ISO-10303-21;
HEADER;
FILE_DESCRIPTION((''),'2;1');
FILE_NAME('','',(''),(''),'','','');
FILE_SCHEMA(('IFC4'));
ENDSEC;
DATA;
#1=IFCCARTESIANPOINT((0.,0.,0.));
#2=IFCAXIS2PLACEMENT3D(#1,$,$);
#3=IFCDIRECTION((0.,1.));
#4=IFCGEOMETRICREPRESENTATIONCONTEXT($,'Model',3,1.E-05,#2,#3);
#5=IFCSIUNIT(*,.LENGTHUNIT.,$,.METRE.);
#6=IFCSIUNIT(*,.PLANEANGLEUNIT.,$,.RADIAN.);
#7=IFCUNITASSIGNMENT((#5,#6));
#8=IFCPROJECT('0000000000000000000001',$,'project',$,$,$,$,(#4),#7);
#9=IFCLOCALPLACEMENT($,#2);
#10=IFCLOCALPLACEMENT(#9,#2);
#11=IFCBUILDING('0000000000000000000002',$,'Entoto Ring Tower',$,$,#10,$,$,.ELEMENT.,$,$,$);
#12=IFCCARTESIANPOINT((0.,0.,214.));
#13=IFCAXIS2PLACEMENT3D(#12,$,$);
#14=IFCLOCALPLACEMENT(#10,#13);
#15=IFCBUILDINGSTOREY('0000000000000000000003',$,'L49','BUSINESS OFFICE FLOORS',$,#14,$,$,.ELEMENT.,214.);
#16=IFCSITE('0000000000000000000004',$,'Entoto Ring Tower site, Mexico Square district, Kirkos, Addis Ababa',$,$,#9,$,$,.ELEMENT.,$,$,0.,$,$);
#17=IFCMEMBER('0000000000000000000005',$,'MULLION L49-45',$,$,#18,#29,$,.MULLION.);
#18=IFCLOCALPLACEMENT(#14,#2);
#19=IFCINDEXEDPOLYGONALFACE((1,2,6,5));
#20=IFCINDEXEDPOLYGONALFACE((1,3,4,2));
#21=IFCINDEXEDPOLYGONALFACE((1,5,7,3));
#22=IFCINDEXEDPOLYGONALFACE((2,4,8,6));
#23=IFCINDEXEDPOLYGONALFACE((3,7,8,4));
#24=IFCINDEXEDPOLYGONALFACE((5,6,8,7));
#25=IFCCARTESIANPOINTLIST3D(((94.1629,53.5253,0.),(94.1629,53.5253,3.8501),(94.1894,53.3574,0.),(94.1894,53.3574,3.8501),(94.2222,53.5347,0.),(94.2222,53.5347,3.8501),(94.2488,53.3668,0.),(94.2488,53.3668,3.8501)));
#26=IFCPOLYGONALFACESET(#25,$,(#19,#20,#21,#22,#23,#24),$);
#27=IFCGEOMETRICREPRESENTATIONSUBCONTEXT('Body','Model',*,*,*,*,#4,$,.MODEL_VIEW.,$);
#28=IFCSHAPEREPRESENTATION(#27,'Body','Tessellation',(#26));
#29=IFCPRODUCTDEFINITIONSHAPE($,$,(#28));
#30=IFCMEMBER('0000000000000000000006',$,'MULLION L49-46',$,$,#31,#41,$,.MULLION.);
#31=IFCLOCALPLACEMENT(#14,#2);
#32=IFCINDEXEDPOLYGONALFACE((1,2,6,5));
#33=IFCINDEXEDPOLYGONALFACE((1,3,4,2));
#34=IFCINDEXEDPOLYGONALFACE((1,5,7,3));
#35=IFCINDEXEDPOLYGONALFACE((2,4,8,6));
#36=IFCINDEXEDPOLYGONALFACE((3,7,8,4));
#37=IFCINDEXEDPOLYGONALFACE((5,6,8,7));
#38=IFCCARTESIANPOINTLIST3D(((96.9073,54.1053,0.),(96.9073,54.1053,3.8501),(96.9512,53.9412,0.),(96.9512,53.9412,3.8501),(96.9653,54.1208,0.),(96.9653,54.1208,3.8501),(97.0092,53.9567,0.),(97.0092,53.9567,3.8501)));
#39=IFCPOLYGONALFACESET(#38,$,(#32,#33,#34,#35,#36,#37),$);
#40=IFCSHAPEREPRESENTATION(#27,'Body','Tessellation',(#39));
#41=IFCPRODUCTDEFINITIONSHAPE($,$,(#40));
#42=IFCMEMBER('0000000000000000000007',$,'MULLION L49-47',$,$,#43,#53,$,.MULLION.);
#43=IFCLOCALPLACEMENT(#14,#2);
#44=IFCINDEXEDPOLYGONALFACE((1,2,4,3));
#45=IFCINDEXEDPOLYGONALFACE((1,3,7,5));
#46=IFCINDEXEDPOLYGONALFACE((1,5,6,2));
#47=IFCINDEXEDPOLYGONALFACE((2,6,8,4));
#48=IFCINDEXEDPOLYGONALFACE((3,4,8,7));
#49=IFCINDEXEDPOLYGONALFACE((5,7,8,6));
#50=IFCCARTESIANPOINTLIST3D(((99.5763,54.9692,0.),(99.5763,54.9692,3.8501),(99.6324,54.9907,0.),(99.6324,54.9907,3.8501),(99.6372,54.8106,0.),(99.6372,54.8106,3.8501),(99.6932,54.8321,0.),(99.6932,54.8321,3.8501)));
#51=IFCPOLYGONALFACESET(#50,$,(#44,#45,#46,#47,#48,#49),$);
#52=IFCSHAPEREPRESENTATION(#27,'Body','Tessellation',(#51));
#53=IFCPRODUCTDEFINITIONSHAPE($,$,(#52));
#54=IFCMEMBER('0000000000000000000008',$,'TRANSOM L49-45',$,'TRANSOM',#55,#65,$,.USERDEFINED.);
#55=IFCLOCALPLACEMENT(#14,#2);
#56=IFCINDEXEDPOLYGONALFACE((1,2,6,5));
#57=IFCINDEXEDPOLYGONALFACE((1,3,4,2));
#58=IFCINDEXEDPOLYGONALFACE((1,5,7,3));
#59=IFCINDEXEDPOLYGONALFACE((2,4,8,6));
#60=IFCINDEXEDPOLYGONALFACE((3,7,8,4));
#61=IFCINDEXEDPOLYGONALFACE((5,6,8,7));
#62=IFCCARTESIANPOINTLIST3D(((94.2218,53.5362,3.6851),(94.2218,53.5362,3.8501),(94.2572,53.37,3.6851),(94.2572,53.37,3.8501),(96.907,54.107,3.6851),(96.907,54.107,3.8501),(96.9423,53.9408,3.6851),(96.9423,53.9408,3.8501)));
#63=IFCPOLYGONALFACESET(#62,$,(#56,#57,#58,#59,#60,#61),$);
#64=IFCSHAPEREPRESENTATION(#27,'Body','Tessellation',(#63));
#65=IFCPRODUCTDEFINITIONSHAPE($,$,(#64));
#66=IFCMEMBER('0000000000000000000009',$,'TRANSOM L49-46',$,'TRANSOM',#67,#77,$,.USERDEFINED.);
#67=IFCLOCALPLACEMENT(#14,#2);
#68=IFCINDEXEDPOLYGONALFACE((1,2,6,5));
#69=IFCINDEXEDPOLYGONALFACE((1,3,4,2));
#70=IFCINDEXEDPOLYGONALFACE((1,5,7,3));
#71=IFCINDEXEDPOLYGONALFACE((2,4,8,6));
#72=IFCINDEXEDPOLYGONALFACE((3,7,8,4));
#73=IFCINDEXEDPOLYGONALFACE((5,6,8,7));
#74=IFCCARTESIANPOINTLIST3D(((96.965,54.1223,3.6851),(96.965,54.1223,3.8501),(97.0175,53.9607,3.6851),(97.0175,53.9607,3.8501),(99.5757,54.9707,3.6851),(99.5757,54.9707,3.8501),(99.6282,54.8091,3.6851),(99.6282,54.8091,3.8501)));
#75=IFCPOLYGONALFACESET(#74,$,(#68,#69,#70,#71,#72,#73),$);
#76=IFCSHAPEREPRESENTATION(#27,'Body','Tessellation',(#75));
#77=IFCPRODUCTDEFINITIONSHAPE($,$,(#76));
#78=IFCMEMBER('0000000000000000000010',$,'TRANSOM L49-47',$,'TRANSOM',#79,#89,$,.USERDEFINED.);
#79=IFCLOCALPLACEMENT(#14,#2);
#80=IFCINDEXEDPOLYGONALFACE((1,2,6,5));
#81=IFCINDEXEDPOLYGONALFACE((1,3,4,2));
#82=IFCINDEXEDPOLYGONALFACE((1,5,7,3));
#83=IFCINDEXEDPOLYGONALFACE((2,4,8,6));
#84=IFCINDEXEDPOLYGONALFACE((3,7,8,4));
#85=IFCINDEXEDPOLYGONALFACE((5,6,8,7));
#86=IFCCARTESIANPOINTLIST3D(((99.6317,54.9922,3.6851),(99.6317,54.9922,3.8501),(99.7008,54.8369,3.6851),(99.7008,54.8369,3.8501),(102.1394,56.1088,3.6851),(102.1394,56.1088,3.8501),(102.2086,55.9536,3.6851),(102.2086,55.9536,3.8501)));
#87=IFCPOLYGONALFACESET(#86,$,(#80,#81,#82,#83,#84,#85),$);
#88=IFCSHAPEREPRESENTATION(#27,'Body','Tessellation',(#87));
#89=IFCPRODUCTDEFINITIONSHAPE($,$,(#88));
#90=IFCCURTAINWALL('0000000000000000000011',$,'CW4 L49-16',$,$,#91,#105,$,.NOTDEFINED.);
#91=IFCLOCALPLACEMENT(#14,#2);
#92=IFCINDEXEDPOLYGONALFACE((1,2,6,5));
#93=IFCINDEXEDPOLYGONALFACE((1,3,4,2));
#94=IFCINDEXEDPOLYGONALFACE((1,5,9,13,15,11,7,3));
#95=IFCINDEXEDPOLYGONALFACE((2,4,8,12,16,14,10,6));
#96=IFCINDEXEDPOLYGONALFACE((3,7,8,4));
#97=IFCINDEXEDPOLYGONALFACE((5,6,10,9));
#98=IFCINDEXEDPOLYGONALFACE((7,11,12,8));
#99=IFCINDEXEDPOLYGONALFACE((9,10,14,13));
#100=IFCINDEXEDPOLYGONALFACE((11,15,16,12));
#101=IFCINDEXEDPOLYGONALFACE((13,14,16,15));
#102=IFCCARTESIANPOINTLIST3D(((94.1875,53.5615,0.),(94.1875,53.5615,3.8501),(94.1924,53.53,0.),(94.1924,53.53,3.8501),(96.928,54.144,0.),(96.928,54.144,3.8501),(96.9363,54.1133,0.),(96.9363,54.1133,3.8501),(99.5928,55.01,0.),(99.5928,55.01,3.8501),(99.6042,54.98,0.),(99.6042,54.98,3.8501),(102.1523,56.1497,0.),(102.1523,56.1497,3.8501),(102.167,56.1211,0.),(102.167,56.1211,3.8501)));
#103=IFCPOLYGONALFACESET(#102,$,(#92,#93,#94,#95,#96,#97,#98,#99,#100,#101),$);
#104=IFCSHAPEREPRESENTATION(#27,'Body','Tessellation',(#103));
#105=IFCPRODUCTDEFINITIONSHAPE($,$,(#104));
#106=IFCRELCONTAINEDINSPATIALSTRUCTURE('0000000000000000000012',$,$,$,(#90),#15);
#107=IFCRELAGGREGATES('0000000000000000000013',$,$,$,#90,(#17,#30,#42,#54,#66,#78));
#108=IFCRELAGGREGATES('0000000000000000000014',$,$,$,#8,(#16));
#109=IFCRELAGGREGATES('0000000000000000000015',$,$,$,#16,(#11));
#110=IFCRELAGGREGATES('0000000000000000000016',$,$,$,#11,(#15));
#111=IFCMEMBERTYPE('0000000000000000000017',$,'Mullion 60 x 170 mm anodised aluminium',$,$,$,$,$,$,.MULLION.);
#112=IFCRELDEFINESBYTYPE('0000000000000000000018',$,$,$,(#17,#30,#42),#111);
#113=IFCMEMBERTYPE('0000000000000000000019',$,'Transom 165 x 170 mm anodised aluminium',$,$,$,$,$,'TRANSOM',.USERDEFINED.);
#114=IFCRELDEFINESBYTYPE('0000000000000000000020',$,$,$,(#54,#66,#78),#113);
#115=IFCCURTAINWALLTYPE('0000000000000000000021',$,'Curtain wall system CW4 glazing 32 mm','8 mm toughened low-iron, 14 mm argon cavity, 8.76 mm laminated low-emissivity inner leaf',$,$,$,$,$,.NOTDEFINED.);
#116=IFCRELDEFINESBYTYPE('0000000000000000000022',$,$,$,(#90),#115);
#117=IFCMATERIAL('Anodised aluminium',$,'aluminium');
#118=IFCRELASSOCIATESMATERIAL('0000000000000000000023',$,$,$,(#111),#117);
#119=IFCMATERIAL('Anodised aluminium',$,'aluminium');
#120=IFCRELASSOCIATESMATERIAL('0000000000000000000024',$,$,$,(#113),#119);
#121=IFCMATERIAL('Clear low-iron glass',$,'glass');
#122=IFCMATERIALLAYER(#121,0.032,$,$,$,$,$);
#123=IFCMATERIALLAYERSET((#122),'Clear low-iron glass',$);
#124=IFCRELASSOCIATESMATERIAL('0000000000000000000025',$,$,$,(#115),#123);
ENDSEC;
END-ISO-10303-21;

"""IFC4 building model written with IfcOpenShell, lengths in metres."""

from ifc_helpers import new_model, si_unit, direction, frame, origin, origin_2d, place, context, subcontext, project, spatial, polyline, rectangle, outline, extrude, material, layer, layer_set, material_profile, profile_set, type_object, element, aggregate, save


model = new_model("IFC4")

# Units and contexts
model_context = context("Model", 3, precision=1e-05, world=origin(), true_north=direction((0.0, 1.0)))
body_context = subcontext(model_context, "Body", "Model", "MODEL_VIEW")
ifc_project = project(units=[si_unit("LENGTHUNIT", "METRE"), si_unit("PLANEANGLEUNIT", "RADIAN")], contexts=[model_context])

# Members
ifc_material_1 = material(Name="Anodised aluminium", Category="aluminium")
ifc_material_profile_1 = material_profile(ifc_material_1, rectangle(XDim=0.0601, YDim=0.1699, at=origin_2d()), Name="Mullion 60 x 170 mm anodised aluminium")
ifc_profile_set_1 = profile_set([ifc_material_profile_1], Name="Anodised aluminium")
member_type_1 = type_object("IfcMemberType", Name="Mullion 60 x 170 mm anodised aluminium", PredefinedType="MULLION", material=ifc_profile_set_1)
site_placement = place(None, origin())
building_placement = place(site_placement, origin())
storey_placement = place(building_placement, frame((0.0, 0.0, 214.0)))
member_1_placement = place(storey_placement, frame((94.2058, 53.446, 0.0), z_axis=(0.0, 0.0, 1.0), x_axis=(0.987688, 0.156434, 0.0)))
member_1 = element("IfcMember", 1, at=member_1_placement, type_object=member_type_1, Name="MULLION L49-45", PredefinedType="MULLION", context=body_context, shape_type="SweptSolid", body=[
    extrude(rectangle(XDim=0.0601, YDim=0.1699, at=origin_2d()), origin(), (0.0, 0.0, 1.0), 3.8501),
])
member_2_placement = place(storey_placement, frame((96.9583, 54.031, 0.0), z_axis=(0.0, 0.0, 1.0), x_axis=(0.965926, 0.258819, 0.0)))
member_2 = element("IfcMember", 2, at=member_2_placement, type_object=member_type_1, Name="MULLION L49-46", PredefinedType="MULLION", context=body_context, shape_type="SweptSolid", body=[
    extrude(rectangle(XDim=0.0601, YDim=0.1699, at=origin_2d()), origin(), (0.0, 0.0, 1.0), 3.8501),
])
member_3_placement = place(storey_placement, frame((99.6348, 54.9006, 0.0), z_axis=(0.0, 0.0, 1.0), x_axis=(0.93358, 0.358368, 0.0)))
member_3 = element("IfcMember", 3, at=member_3_placement, type_object=member_type_1, Name="MULLION L49-47", PredefinedType="MULLION", context=body_context, shape_type="SweptSolid", body=[
    extrude(rectangle(XDim=0.0601, YDim=0.1699, at=origin_2d()), origin(), (0.0, 0.0, 1.0), 3.8501),
])
ifc_material_2 = material(Name="Anodised aluminium", Category="aluminium")
ifc_material_profile_2 = material_profile(ifc_material_2, rectangle(XDim=0.1699, YDim=0.165, at=origin_2d()), Name="Transom 165 x 170 mm anodised aluminium")
ifc_profile_set_2 = profile_set([ifc_material_profile_2], Name="Anodised aluminium")
member_type_2 = type_object("IfcMemberType", Name="Transom 165 x 170 mm anodised aluminium", ElementType="TRANSOM", PredefinedType="USERDEFINED", material=ifc_profile_set_2)
member_4_placement = place(storey_placement, frame((94.2395, 53.4531, 3.7676), z_axis=(0.978142, 0.207937, 0.0), x_axis=(-0.207937, 0.978142, 0.0)))
member_4 = element("IfcMember", 4, at=member_4_placement, type_object=member_type_2, Name="TRANSOM L49-45", ObjectType="TRANSOM", PredefinedType="USERDEFINED", context=body_context, shape_type="SweptSolid", body=[
    extrude(rectangle(XDim=0.1699, YDim=0.165, at=origin_2d()), origin(), (0.0, 0.0, 1.0), 2.7451),
])
member_5_placement = place(storey_placement, frame((96.9912, 54.0415, 3.7676), z_axis=(0.951048, 0.309042, 0.0), x_axis=(-0.309042, 0.951048, 0.0)))
member_5 = element("IfcMember", 5, at=member_5_placement, type_object=member_type_2, Name="TRANSOM L49-46", ObjectType="TRANSOM", PredefinedType="USERDEFINED", context=body_context, shape_type="SweptSolid", body=[
    extrude(rectangle(XDim=0.1699, YDim=0.165, at=origin_2d()), origin(), (0.0, 0.0, 1.0), 2.7451),
])
member_6_placement = place(storey_placement, frame((99.6663, 54.9146, 3.7676), z_axis=(0.913525, 0.406782, 0.0), x_axis=(-0.406782, 0.913525, 0.0)))
member_6 = element("IfcMember", 6, at=member_6_placement, type_object=member_type_2, Name="TRANSOM L49-47", ObjectType="TRANSOM", PredefinedType="USERDEFINED", context=body_context, shape_type="SweptSolid", body=[
    extrude(rectangle(XDim=0.1699, YDim=0.165, at=origin_2d()), origin(), (0.0, 0.0, 1.0), 2.7451),
])

# Site, building, storey
site = spatial("IfcSite", under=ifc_project, at=site_placement, Name="Entoto Ring Tower site, Mexico Square district, Kirkos, Addis Ababa", CompositionType="ELEMENT", RefElevation=0.0)
building = spatial("IfcBuilding", under=site, at=building_placement, Name="Entoto Ring Tower", CompositionType="ELEMENT")
storey = spatial("IfcBuildingStorey", under=building, at=storey_placement, Name="L49", Description="BUSINESS OFFICE FLOORS", CompositionType="ELEMENT", Elevation=214.0)

# Curtain wall
ifc_material_3 = material(Name="Clear low-iron glass", Category="glass")
ifc_layer = layer(ifc_material_3, 0.032)
ifc_layer_set = layer_set([ifc_layer], Name="Clear low-iron glass")
curtain_wall_type = type_object("IfcCurtainWallType", Name="Curtain wall system CW4 glazing 32 mm", Description="8 mm toughened low-iron, 14 mm argon cavity, 8.76 mm laminated low-emissivity inner leaf", PredefinedType="NOTDEFINED", material=ifc_layer_set)
curtain_wall_1_placement = place(storey_placement, origin())
curtain_wall_1 = element("IfcCurtainWall", 7, at=curtain_wall_1_placement, inside=storey, type_object=curtain_wall_type, Name="CW4 L49-16", PredefinedType="NOTDEFINED", context=body_context, shape_type="SweptSolid", body=[
    extrude(outline(polyline([(94.1924, 53.53), (96.9363, 54.1133), (99.6042, 54.98), (102.167, 56.1211), (102.1523, 56.1497), (99.5928, 55.01), (96.928, 54.144), (94.1875, 53.5615), (94.1924, 53.53)])), origin(), (0.0, 0.0, 1.0), 3.8501),
])
aggregate(curtain_wall_1, [member_1, member_2, member_3, member_4, member_5, member_6])

save(model, "model.ifc")
